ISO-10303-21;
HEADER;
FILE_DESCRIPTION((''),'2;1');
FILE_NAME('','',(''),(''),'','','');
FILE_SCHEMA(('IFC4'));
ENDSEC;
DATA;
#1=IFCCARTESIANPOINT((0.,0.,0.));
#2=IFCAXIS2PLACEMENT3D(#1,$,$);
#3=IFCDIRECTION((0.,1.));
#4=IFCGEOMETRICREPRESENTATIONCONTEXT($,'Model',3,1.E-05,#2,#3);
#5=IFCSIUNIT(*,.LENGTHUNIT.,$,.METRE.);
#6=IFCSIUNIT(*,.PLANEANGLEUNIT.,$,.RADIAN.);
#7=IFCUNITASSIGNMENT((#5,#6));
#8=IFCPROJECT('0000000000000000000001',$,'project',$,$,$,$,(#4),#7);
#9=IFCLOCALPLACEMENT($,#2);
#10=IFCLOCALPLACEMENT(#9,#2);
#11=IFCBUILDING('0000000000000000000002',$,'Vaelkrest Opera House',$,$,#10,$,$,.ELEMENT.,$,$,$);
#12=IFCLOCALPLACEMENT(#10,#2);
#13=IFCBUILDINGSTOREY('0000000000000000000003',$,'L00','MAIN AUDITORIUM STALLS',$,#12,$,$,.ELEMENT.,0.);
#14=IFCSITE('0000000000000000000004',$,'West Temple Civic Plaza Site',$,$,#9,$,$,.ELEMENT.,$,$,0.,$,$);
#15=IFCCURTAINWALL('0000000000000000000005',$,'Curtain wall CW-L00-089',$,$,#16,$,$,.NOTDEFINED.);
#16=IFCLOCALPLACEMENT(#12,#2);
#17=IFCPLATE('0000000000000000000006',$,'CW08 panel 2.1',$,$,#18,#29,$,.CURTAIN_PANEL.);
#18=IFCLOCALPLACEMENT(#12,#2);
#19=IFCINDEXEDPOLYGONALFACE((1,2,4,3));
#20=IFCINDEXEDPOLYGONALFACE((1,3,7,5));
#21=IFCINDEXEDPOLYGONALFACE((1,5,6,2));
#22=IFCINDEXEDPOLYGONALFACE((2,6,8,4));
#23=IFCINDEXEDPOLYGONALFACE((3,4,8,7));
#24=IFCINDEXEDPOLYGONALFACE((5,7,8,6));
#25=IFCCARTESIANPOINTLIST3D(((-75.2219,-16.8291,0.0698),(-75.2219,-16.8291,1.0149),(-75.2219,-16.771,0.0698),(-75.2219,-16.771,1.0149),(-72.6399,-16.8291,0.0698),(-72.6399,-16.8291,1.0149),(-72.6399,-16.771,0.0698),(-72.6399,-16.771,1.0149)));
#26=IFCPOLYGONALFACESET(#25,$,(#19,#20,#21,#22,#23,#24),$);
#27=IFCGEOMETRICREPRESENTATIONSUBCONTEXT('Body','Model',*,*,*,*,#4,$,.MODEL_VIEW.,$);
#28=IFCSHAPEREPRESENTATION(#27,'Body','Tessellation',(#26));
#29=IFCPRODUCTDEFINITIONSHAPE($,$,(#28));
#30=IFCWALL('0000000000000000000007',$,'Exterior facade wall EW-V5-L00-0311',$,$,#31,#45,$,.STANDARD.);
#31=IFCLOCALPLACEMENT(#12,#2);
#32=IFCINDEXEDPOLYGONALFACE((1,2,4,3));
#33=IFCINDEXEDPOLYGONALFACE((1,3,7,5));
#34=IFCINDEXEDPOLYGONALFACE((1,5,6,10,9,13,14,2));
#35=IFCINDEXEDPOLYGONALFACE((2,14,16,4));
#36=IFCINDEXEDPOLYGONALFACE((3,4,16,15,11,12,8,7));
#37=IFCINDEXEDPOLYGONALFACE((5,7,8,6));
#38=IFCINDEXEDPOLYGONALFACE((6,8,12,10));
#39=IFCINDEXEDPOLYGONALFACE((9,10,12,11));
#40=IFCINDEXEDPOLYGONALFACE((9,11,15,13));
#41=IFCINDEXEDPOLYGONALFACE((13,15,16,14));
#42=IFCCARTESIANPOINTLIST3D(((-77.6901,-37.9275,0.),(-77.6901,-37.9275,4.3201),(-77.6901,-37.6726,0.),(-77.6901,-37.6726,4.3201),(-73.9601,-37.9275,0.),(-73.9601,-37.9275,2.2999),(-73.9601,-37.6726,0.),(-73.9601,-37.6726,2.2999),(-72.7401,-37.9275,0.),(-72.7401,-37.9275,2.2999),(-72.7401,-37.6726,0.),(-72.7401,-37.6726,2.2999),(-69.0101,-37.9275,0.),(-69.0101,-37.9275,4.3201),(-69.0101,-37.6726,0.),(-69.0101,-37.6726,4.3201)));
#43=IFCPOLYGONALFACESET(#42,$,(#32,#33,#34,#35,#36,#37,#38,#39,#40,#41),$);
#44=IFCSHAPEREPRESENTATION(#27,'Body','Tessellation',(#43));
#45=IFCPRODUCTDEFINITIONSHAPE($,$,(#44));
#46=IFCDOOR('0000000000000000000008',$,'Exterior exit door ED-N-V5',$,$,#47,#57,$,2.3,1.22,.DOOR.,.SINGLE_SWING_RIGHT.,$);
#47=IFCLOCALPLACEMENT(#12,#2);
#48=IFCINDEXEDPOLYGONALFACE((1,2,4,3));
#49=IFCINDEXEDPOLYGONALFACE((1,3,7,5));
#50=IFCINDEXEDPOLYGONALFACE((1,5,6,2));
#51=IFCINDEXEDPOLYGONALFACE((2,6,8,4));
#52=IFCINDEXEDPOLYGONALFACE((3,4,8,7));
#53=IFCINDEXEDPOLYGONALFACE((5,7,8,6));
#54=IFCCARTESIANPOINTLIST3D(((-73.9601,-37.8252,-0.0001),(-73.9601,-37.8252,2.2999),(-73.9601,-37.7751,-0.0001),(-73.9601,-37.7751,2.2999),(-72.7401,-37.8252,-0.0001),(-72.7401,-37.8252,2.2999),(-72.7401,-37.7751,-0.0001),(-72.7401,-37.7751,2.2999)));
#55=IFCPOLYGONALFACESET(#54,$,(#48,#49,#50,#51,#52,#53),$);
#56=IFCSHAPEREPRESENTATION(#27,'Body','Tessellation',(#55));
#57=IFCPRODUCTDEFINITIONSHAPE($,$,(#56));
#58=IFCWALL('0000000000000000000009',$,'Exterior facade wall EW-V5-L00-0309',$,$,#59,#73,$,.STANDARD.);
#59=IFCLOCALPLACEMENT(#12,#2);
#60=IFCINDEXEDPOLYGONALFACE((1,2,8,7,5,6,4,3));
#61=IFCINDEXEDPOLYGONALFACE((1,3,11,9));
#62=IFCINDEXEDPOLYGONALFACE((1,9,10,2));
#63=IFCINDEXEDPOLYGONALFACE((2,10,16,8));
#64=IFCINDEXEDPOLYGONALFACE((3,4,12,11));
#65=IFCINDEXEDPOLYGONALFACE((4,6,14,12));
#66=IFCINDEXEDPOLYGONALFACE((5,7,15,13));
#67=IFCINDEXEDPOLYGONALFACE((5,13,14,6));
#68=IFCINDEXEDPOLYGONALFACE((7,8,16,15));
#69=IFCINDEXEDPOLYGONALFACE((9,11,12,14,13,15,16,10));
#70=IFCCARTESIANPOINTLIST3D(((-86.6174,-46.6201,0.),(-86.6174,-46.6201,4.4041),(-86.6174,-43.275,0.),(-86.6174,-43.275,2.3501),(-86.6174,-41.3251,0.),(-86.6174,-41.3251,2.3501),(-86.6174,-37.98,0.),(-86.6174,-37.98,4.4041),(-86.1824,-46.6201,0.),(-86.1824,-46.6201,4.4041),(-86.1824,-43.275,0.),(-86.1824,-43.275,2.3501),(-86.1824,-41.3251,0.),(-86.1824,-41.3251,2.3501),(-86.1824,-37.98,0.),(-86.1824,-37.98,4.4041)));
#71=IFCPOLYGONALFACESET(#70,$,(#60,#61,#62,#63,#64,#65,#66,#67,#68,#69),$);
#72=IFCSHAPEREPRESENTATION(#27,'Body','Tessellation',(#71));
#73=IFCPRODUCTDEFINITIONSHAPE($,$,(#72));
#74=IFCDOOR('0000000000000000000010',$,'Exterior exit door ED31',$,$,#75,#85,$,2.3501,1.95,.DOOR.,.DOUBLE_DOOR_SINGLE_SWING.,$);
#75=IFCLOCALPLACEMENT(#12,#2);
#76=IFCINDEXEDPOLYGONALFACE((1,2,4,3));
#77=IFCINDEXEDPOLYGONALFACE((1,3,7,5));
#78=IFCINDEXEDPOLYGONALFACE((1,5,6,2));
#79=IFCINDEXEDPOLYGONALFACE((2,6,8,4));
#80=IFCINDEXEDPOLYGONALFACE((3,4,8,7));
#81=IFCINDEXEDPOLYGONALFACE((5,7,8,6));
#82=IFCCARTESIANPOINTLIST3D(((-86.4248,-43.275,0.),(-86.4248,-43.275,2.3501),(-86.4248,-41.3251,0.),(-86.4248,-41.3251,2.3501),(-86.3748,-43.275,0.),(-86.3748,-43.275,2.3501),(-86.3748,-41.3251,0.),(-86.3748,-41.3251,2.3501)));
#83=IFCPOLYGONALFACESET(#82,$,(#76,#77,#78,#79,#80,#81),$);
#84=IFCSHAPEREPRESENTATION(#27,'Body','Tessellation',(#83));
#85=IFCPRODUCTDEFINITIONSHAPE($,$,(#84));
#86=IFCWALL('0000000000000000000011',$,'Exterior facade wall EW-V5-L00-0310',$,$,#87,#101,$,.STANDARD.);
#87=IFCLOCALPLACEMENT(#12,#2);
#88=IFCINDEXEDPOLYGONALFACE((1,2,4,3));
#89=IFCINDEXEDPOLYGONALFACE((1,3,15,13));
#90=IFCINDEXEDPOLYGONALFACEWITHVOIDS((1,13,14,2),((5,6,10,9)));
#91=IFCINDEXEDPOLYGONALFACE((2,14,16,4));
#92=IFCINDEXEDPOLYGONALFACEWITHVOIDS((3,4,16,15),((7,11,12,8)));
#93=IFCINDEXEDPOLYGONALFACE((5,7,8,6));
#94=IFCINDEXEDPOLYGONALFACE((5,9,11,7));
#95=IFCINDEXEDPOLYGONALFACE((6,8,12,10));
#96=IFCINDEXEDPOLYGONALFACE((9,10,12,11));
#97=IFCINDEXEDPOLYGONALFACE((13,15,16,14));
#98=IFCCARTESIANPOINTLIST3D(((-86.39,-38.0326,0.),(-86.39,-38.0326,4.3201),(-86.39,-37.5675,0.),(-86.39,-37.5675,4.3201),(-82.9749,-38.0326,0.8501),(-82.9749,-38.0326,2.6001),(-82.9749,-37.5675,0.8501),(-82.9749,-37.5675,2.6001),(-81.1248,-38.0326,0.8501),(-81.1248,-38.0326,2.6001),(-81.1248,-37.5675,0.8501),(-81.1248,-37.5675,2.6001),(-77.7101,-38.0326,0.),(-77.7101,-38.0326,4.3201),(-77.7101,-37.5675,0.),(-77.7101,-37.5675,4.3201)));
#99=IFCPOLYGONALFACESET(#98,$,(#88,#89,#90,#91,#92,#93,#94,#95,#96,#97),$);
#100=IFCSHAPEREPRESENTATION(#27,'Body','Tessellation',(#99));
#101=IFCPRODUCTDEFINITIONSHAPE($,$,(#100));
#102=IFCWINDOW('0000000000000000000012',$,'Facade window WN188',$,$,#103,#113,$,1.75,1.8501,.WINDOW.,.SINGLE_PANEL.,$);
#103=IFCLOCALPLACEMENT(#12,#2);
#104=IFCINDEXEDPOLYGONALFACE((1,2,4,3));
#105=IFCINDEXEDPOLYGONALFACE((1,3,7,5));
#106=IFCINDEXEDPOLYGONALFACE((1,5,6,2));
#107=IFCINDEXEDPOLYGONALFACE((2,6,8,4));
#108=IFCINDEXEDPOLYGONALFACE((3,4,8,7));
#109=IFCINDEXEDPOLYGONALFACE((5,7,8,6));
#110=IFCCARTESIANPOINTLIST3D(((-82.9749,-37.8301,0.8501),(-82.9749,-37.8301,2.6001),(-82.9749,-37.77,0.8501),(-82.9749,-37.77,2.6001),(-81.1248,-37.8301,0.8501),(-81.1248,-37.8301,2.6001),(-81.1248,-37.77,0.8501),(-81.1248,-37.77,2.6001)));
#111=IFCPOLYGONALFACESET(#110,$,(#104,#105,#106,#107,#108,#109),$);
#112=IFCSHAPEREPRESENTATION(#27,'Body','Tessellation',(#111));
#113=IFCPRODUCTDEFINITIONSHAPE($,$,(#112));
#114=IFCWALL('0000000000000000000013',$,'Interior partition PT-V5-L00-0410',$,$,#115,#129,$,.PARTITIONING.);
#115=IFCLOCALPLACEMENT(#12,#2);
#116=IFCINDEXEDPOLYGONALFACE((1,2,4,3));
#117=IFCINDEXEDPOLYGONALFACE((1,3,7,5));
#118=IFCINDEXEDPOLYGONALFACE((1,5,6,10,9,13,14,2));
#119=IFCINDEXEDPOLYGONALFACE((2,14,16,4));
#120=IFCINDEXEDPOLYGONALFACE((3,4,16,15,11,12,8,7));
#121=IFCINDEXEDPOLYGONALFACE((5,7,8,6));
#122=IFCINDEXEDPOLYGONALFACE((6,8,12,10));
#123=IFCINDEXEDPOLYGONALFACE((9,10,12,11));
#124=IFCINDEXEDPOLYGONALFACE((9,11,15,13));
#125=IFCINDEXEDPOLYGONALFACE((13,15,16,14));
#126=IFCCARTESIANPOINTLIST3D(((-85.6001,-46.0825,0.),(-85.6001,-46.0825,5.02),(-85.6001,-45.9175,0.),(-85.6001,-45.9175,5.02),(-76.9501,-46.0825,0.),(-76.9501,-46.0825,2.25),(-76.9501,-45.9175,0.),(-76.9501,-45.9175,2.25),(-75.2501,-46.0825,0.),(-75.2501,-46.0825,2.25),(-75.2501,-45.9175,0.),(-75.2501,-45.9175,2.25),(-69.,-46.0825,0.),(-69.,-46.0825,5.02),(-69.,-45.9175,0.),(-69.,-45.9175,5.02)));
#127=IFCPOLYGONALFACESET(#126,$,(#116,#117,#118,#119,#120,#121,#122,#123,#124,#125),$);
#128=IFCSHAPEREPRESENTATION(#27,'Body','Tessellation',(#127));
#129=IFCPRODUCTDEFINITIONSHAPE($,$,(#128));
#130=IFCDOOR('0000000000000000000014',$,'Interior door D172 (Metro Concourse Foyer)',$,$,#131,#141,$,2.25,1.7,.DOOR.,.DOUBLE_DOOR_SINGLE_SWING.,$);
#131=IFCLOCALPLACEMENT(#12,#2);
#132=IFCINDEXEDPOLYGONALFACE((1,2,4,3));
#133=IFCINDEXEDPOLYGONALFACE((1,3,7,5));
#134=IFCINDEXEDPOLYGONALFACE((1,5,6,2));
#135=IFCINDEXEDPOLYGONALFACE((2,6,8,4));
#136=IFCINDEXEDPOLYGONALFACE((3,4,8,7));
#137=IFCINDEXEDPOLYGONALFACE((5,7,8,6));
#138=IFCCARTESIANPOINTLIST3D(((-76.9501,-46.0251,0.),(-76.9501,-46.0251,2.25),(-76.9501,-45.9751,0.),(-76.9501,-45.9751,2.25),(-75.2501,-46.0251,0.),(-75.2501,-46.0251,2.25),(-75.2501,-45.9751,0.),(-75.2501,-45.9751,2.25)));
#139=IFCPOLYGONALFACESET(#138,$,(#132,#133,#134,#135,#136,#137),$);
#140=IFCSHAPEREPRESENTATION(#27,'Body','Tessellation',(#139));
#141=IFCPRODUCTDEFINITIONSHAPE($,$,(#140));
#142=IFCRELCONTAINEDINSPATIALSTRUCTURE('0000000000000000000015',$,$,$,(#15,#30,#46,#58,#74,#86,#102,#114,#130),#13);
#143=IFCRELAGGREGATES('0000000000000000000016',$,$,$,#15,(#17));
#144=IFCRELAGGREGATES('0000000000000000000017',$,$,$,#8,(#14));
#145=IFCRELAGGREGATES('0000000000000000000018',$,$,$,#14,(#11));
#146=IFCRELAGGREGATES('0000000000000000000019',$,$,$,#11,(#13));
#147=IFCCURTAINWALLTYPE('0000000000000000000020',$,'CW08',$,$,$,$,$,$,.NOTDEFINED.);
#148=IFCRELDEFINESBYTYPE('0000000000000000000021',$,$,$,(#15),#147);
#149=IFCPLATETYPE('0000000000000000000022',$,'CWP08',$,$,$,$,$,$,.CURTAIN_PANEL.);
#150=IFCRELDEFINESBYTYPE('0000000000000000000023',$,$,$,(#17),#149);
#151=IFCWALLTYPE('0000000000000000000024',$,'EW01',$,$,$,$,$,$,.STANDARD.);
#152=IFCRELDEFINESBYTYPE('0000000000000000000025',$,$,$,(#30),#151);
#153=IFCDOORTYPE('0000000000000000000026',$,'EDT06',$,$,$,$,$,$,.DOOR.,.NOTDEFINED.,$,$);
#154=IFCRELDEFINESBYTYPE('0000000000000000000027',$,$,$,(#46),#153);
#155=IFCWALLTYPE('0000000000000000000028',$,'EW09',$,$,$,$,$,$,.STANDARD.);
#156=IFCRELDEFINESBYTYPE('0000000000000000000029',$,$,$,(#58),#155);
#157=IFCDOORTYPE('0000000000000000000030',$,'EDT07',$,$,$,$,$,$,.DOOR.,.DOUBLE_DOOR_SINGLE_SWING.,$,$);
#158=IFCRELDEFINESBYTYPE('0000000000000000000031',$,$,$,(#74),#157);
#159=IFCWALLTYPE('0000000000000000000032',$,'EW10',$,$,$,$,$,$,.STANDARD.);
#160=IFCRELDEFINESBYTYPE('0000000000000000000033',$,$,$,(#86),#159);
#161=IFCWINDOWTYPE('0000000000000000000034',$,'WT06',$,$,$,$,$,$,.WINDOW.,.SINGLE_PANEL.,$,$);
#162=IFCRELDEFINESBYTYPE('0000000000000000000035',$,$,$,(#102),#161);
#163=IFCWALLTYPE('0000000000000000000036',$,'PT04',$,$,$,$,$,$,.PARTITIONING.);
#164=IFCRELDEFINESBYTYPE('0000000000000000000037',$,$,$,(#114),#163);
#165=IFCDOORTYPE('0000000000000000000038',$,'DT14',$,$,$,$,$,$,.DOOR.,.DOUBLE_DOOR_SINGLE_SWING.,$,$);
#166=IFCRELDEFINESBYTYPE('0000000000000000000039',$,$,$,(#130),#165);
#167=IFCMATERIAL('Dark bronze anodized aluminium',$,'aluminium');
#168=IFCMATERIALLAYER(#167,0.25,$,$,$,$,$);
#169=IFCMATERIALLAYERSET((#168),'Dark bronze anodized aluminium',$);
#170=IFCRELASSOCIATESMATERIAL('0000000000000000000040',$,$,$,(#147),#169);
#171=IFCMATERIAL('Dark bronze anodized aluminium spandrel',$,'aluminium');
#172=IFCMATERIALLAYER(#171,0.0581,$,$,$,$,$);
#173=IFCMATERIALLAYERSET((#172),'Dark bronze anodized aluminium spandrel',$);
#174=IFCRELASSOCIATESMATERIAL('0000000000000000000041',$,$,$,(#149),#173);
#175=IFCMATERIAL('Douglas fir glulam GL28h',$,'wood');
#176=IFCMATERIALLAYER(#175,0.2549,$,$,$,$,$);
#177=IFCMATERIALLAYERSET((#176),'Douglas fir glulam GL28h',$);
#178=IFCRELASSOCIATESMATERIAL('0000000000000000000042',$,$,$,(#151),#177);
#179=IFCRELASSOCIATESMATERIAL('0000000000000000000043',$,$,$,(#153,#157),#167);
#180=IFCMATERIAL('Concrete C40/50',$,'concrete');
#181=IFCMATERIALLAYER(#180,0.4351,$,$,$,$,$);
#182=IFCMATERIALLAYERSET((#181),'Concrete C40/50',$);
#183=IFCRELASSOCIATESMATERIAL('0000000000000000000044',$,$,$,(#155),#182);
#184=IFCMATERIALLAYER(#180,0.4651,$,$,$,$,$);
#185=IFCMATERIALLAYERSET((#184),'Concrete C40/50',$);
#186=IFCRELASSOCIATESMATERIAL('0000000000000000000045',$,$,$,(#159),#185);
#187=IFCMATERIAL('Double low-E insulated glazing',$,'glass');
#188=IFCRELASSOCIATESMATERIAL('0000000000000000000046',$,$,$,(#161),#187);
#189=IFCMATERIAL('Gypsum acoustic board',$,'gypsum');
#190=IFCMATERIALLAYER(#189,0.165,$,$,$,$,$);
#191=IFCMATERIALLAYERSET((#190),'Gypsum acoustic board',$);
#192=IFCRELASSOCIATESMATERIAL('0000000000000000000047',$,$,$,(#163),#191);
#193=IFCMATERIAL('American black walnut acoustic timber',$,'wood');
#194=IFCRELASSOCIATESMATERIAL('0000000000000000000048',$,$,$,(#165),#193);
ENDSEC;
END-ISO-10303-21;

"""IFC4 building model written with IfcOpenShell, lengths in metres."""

from ifc_helpers import new_model, si_unit, direction, frame, frame_2d, origin, origin_2d, place, context, subcontext, project, spatial, rectangle, extrude, material, layer, layer_set, type_object, element, fill, aggregate, save


model = new_model("IFC4")

# Units and contexts
model_context = context("Model", 3, precision=1e-05, world=origin(), true_north=direction((0.0, 1.0)))
body_context = subcontext(model_context, "Body", "Model", "MODEL_VIEW")
ifc_project = project(units=[si_unit("LENGTHUNIT", "METRE"), si_unit("PLANEANGLEUNIT", "RADIAN")], contexts=[model_context])

# Site, building, storey
site_placement = place(None, origin())
site = spatial("IfcSite", under=ifc_project, at=site_placement, Name="West Temple Civic Plaza Site", CompositionType="ELEMENT", RefElevation=0.0)
building_placement = place(site_placement, origin())
building = spatial("IfcBuilding", under=site, at=building_placement, Name="Vaelkrest Opera House", CompositionType="ELEMENT")
storey_placement = place(building_placement, origin())
storey = spatial("IfcBuildingStorey", under=building, at=storey_placement, Name="L00", Description="MAIN AUDITORIUM STALLS", CompositionType="ELEMENT", Elevation=0.0)

# Curtain wall
ifc_material_1 = material(Name="Dark bronze anodized aluminium", Category="aluminium")
ifc_layer_1 = layer(ifc_material_1, 0.25)
ifc_layer_set_1 = layer_set([ifc_layer_1], Name="Dark bronze anodized aluminium")
curtain_wall_type = type_object("IfcCurtainWallType", Name="CW08", PredefinedType="NOTDEFINED", material=ifc_layer_set_1)
curtain_wall_placement = place(storey_placement, origin())
curtain_wall = element("IfcCurtainWall", 1, at=curtain_wall_placement, inside=storey, type_object=curtain_wall_type, Name="Curtain wall CW-L00-089", PredefinedType="NOTDEFINED")

# Plate
ifc_material_2 = material(Name="Dark bronze anodized aluminium spandrel", Category="aluminium")
ifc_layer_2 = layer(ifc_material_2, 0.0581)
ifc_layer_set_2 = layer_set([ifc_layer_2], Name="Dark bronze anodized aluminium spandrel")
plate_type = type_object("IfcPlateType", Name="CWP08", PredefinedType="CURTAIN_PANEL", material=ifc_layer_set_2)
plate_placement = place(storey_placement, frame((-73.9309, -16.8, 0.0698), z_axis=(0.0, 0.0, 1.0), x_axis=(-1.0, 0.0, 0.0)))
plate = element("IfcPlate", 2, at=plate_placement, type_object=plate_type, Name="CW08 panel 2.1", PredefinedType="CURTAIN_PANEL", context=body_context, shape_type="SweptSolid", body=[
    extrude(rectangle(XDim=2.582, YDim=0.0581, at=origin_2d()), origin(), (0.0, 0.0, 1.0), 0.9451),
])
aggregate(curtain_wall, [plate])

# Walls, openings, doors
ifc_material_3 = material(Name="Douglas fir glulam GL28h", Category="wood")
ifc_layer_3 = layer(ifc_material_3, 0.2549)
ifc_layer_set_3 = layer_set([ifc_layer_3], Name="Douglas fir glulam GL28h")
wall_type_1 = type_object("IfcWallType", Name="EW01", PredefinedType="STANDARD", material=ifc_layer_set_3)
wall_1_placement = place(storey_placement, frame((-77.6899, -37.8, 0.0), z_axis=(0.0, 0.0, 1.0), x_axis=(1.0, 0.0, 0.0)))
wall_1 = element("IfcWall", 3, at=wall_1_placement, inside=storey, type_object=wall_type_1, Name="Exterior facade wall EW-V5-L00-0311", PredefinedType="STANDARD", context=body_context, shape_type="SweptSolid", body=[
    extrude(rectangle(XDim=8.6799, YDim=0.2549, at=frame_2d((4.3398, 0.0))), origin(), (0.0, 0.0, 1.0), 4.3201),
])
opening_1_placement = place(wall_1_placement, frame((3.73, 0.0, 0.0)))
opening_1 = element("IfcOpeningElement", 4, at=opening_1_placement, cuts=wall_1, PredefinedType="OPENING", context=body_context, shape_type="SweptSolid", body=[
    extrude(rectangle(XDim=1.22, YDim=2.3, at=frame_2d((0.6099, 1.1499))), frame((0.0, 0.1375, 0.0), z_axis=(0.0, -1.0, 0.0), x_axis=(1.0, 0.0, 0.0)), (0.0, 0.0, 1.0), 0.2749),
])
door_type_1 = type_object("IfcDoorType", Name="EDT06", OperationType="NOTDEFINED", PredefinedType="DOOR", material=ifc_material_1)
door_1_placement = place(opening_1_placement, origin())
door_1 = element("IfcDoor", 5, at=door_1_placement, inside=storey, type_object=door_type_1, Name="Exterior exit door ED-N-V5", OperationType="SINGLE_SWING_RIGHT", OverallHeight=2.3, OverallWidth=1.22, PredefinedType="DOOR", context=body_context, shape_type="SweptSolid", body=[
    extrude(rectangle(XDim=1.22, YDim=2.3, at=frame_2d((0.6099, 1.1499))), frame((0.0, 0.0249, 0.0), z_axis=(0.0, -1.0, 0.0), x_axis=(1.0, 0.0, 0.0)), (0.0, 0.0, 1.0), 0.05),
])
fill(opening_1, door_1)
ifc_material_4 = material(Name="Concrete C40/50", Category="concrete")
ifc_layer_4 = layer(ifc_material_4, 0.4351)
ifc_layer_set_4 = layer_set([ifc_layer_4], Name="Concrete C40/50")
wall_type_2 = type_object("IfcWallType", Name="EW09", PredefinedType="STANDARD", material=ifc_layer_set_4)
wall_2_placement = place(storey_placement, frame((-86.3999, -46.6201, 0.0), z_axis=(0.0, 0.0, 1.0), x_axis=(0.0, 1.0, 0.0)))
wall_2 = element("IfcWall", 6, at=wall_2_placement, inside=storey, type_object=wall_type_2, Name="Exterior facade wall EW-V5-L00-0309", PredefinedType="STANDARD", context=body_context, shape_type="SweptSolid", body=[
    extrude(rectangle(XDim=8.6401, YDim=0.4351, at=frame_2d((4.3201, 0.0))), origin(), (0.0, 0.0, 1.0), 4.4041),
])
opening_2_placement = place(wall_2_placement, frame((3.345, 0.0, 0.0)))
opening_2 = element("IfcOpeningElement", 7, at=opening_2_placement, cuts=wall_2, PredefinedType="OPENING", context=body_context, shape_type="SweptSolid", body=[
    extrude(rectangle(XDim=1.95, YDim=2.3501, at=frame_2d((0.9751, 1.175))), frame((0.0, 0.2275, 0.0), z_axis=(0.0, -1.0, 0.0), x_axis=(1.0, 0.0, 0.0)), (0.0, 0.0, 1.0), 0.4551),
])
door_type_2 = type_object("IfcDoorType", Name="EDT07", OperationType="DOUBLE_DOOR_SINGLE_SWING", PredefinedType="DOOR", material=ifc_material_1)
door_2_placement = place(opening_2_placement, origin())
door_2 = element("IfcDoor", 8, at=door_2_placement, inside=storey, type_object=door_type_2, Name="Exterior exit door ED31", OperationType="DOUBLE_DOOR_SINGLE_SWING", OverallHeight=2.3501, OverallWidth=1.95, PredefinedType="DOOR", context=body_context, shape_type="SweptSolid", body=[
    extrude(rectangle(XDim=1.95, YDim=2.3501, at=frame_2d((0.9751, 1.175))), frame((0.0, 0.0249, 0.0), z_axis=(0.0, -1.0, 0.0), x_axis=(1.0, 0.0, 0.0)), (0.0, 0.0, 1.0), 0.05),
])
fill(opening_2, door_2)

# Wall, opening, window
ifc_layer_5 = layer(ifc_material_4, 0.4651)
ifc_layer_set_5 = layer_set([ifc_layer_5], Name="Concrete C40/50")
wall_type_3 = type_object("IfcWallType", Name="EW10", PredefinedType="STANDARD", material=ifc_layer_set_5)
wall_3_placement = place(storey_placement, frame((-86.3899, -37.8, 0.0), z_axis=(0.0, 0.0, 1.0), x_axis=(1.0, 0.0, 0.0)))
wall_3 = element("IfcWall", 9, at=wall_3_placement, inside=storey, type_object=wall_type_3, Name="Exterior facade wall EW-V5-L00-0310", PredefinedType="STANDARD", context=body_context, shape_type="SweptSolid", body=[
    extrude(rectangle(XDim=8.6799, YDim=0.4651, at=frame_2d((4.3398, 0.0))), origin(), (0.0, 0.0, 1.0), 4.3201),
])
opening_3_placement = place(wall_3_placement, frame((3.415, 0.0, 0.8501)))
opening_3 = element("IfcOpeningElement", 10, at=opening_3_placement, cuts=wall_3, PredefinedType="OPENING", context=body_context, shape_type="SweptSolid", body=[
    extrude(rectangle(XDim=1.8501, YDim=1.75, at=frame_2d((0.925, 0.875))), frame((0.0, 0.2424, 0.0), z_axis=(0.0, -1.0, 0.0), x_axis=(1.0, 0.0, 0.0)), (0.0, 0.0, 1.0), 0.4851),
])
ifc_material_5 = material(Name="Double low-E insulated glazing", Category="glass")
window_type = type_object("IfcWindowType", Name="WT06", PartitioningType="SINGLE_PANEL", PredefinedType="WINDOW", material=ifc_material_5)
window_placement = place(opening_3_placement, origin())
window = element("IfcWindow", 11, at=window_placement, inside=storey, type_object=window_type, Name="Facade window WN188", OverallHeight=1.75, OverallWidth=1.8501, PartitioningType="SINGLE_PANEL", PredefinedType="WINDOW", context=body_context, shape_type="SweptSolid", body=[
    extrude(rectangle(XDim=1.8501, YDim=1.75, at=frame_2d((0.925, 0.875))), frame((0.0, 0.03, 0.0), z_axis=(0.0, -1.0, 0.0), x_axis=(1.0, 0.0, 0.0)), (0.0, 0.0, 1.0), 0.0601),
])
fill(opening_3, window)

# Wall, opening, door
ifc_material_6 = material(Name="Gypsum acoustic board", Category="gypsum")
ifc_layer_6 = layer(ifc_material_6, 0.165)
ifc_layer_set_6 = layer_set([ifc_layer_6], Name="Gypsum acoustic board")
wall_type_4 = type_object("IfcWallType", Name="PT04", PredefinedType="PARTITIONING", material=ifc_layer_set_6)
wall_4_placement = place(storey_placement, frame((-85.6001, -46.0, 0.0), z_axis=(0.0, 0.0, 1.0), x_axis=(1.0, 0.0, 0.0)))
wall_4 = element("IfcWall", 12, at=wall_4_placement, inside=storey, type_object=wall_type_4, Name="Interior partition PT-V5-L00-0410", PredefinedType="PARTITIONING", context=body_context, shape_type="SweptSolid", body=[
    extrude(rectangle(XDim=16.6001, YDim=0.165, at=frame_2d((8.3, 0.0))), origin(), (0.0, 0.0, 1.0), 5.02),
])
opening_4_placement = place(wall_4_placement, frame((8.6499, 0.0, 0.0)))
opening_4 = element("IfcOpeningElement", 13, at=opening_4_placement, cuts=wall_4, PredefinedType="OPENING", context=body_context, shape_type="SweptSolid", body=[
    extrude(rectangle(XDim=1.7, YDim=2.25, at=frame_2d((0.8501, 1.125))), frame((0.0, 0.0925, 0.0), z_axis=(0.0, -1.0, 0.0), x_axis=(1.0, 0.0, 0.0)), (0.0, 0.0, 1.0), 0.1851),
])
ifc_material_7 = material(Name="American black walnut acoustic timber", Category="wood")
door_type_3 = type_object("IfcDoorType", Name="DT14", OperationType="DOUBLE_DOOR_SINGLE_SWING", PredefinedType="DOOR", material=ifc_material_7)
door_3_placement = place(opening_4_placement, origin())
door_3 = element("IfcDoor", 14, at=door_3_placement, inside=storey, type_object=door_type_3, Name="Interior door D172 (Metro Concourse Foyer)", OperationType="DOUBLE_DOOR_SINGLE_SWING", OverallHeight=2.25, OverallWidth=1.7, PredefinedType="DOOR", context=body_context, shape_type="SweptSolid", body=[
    extrude(rectangle(XDim=1.7, YDim=2.25, at=frame_2d((0.8501, 1.125))), frame((0.0, 0.0249, 0.0), z_axis=(0.0, -1.0, 0.0), x_axis=(1.0, 0.0, 0.0)), (0.0, 0.0, 1.0), 0.05),
])
fill(opening_4, door_3)

save(model, "model.ifc")
